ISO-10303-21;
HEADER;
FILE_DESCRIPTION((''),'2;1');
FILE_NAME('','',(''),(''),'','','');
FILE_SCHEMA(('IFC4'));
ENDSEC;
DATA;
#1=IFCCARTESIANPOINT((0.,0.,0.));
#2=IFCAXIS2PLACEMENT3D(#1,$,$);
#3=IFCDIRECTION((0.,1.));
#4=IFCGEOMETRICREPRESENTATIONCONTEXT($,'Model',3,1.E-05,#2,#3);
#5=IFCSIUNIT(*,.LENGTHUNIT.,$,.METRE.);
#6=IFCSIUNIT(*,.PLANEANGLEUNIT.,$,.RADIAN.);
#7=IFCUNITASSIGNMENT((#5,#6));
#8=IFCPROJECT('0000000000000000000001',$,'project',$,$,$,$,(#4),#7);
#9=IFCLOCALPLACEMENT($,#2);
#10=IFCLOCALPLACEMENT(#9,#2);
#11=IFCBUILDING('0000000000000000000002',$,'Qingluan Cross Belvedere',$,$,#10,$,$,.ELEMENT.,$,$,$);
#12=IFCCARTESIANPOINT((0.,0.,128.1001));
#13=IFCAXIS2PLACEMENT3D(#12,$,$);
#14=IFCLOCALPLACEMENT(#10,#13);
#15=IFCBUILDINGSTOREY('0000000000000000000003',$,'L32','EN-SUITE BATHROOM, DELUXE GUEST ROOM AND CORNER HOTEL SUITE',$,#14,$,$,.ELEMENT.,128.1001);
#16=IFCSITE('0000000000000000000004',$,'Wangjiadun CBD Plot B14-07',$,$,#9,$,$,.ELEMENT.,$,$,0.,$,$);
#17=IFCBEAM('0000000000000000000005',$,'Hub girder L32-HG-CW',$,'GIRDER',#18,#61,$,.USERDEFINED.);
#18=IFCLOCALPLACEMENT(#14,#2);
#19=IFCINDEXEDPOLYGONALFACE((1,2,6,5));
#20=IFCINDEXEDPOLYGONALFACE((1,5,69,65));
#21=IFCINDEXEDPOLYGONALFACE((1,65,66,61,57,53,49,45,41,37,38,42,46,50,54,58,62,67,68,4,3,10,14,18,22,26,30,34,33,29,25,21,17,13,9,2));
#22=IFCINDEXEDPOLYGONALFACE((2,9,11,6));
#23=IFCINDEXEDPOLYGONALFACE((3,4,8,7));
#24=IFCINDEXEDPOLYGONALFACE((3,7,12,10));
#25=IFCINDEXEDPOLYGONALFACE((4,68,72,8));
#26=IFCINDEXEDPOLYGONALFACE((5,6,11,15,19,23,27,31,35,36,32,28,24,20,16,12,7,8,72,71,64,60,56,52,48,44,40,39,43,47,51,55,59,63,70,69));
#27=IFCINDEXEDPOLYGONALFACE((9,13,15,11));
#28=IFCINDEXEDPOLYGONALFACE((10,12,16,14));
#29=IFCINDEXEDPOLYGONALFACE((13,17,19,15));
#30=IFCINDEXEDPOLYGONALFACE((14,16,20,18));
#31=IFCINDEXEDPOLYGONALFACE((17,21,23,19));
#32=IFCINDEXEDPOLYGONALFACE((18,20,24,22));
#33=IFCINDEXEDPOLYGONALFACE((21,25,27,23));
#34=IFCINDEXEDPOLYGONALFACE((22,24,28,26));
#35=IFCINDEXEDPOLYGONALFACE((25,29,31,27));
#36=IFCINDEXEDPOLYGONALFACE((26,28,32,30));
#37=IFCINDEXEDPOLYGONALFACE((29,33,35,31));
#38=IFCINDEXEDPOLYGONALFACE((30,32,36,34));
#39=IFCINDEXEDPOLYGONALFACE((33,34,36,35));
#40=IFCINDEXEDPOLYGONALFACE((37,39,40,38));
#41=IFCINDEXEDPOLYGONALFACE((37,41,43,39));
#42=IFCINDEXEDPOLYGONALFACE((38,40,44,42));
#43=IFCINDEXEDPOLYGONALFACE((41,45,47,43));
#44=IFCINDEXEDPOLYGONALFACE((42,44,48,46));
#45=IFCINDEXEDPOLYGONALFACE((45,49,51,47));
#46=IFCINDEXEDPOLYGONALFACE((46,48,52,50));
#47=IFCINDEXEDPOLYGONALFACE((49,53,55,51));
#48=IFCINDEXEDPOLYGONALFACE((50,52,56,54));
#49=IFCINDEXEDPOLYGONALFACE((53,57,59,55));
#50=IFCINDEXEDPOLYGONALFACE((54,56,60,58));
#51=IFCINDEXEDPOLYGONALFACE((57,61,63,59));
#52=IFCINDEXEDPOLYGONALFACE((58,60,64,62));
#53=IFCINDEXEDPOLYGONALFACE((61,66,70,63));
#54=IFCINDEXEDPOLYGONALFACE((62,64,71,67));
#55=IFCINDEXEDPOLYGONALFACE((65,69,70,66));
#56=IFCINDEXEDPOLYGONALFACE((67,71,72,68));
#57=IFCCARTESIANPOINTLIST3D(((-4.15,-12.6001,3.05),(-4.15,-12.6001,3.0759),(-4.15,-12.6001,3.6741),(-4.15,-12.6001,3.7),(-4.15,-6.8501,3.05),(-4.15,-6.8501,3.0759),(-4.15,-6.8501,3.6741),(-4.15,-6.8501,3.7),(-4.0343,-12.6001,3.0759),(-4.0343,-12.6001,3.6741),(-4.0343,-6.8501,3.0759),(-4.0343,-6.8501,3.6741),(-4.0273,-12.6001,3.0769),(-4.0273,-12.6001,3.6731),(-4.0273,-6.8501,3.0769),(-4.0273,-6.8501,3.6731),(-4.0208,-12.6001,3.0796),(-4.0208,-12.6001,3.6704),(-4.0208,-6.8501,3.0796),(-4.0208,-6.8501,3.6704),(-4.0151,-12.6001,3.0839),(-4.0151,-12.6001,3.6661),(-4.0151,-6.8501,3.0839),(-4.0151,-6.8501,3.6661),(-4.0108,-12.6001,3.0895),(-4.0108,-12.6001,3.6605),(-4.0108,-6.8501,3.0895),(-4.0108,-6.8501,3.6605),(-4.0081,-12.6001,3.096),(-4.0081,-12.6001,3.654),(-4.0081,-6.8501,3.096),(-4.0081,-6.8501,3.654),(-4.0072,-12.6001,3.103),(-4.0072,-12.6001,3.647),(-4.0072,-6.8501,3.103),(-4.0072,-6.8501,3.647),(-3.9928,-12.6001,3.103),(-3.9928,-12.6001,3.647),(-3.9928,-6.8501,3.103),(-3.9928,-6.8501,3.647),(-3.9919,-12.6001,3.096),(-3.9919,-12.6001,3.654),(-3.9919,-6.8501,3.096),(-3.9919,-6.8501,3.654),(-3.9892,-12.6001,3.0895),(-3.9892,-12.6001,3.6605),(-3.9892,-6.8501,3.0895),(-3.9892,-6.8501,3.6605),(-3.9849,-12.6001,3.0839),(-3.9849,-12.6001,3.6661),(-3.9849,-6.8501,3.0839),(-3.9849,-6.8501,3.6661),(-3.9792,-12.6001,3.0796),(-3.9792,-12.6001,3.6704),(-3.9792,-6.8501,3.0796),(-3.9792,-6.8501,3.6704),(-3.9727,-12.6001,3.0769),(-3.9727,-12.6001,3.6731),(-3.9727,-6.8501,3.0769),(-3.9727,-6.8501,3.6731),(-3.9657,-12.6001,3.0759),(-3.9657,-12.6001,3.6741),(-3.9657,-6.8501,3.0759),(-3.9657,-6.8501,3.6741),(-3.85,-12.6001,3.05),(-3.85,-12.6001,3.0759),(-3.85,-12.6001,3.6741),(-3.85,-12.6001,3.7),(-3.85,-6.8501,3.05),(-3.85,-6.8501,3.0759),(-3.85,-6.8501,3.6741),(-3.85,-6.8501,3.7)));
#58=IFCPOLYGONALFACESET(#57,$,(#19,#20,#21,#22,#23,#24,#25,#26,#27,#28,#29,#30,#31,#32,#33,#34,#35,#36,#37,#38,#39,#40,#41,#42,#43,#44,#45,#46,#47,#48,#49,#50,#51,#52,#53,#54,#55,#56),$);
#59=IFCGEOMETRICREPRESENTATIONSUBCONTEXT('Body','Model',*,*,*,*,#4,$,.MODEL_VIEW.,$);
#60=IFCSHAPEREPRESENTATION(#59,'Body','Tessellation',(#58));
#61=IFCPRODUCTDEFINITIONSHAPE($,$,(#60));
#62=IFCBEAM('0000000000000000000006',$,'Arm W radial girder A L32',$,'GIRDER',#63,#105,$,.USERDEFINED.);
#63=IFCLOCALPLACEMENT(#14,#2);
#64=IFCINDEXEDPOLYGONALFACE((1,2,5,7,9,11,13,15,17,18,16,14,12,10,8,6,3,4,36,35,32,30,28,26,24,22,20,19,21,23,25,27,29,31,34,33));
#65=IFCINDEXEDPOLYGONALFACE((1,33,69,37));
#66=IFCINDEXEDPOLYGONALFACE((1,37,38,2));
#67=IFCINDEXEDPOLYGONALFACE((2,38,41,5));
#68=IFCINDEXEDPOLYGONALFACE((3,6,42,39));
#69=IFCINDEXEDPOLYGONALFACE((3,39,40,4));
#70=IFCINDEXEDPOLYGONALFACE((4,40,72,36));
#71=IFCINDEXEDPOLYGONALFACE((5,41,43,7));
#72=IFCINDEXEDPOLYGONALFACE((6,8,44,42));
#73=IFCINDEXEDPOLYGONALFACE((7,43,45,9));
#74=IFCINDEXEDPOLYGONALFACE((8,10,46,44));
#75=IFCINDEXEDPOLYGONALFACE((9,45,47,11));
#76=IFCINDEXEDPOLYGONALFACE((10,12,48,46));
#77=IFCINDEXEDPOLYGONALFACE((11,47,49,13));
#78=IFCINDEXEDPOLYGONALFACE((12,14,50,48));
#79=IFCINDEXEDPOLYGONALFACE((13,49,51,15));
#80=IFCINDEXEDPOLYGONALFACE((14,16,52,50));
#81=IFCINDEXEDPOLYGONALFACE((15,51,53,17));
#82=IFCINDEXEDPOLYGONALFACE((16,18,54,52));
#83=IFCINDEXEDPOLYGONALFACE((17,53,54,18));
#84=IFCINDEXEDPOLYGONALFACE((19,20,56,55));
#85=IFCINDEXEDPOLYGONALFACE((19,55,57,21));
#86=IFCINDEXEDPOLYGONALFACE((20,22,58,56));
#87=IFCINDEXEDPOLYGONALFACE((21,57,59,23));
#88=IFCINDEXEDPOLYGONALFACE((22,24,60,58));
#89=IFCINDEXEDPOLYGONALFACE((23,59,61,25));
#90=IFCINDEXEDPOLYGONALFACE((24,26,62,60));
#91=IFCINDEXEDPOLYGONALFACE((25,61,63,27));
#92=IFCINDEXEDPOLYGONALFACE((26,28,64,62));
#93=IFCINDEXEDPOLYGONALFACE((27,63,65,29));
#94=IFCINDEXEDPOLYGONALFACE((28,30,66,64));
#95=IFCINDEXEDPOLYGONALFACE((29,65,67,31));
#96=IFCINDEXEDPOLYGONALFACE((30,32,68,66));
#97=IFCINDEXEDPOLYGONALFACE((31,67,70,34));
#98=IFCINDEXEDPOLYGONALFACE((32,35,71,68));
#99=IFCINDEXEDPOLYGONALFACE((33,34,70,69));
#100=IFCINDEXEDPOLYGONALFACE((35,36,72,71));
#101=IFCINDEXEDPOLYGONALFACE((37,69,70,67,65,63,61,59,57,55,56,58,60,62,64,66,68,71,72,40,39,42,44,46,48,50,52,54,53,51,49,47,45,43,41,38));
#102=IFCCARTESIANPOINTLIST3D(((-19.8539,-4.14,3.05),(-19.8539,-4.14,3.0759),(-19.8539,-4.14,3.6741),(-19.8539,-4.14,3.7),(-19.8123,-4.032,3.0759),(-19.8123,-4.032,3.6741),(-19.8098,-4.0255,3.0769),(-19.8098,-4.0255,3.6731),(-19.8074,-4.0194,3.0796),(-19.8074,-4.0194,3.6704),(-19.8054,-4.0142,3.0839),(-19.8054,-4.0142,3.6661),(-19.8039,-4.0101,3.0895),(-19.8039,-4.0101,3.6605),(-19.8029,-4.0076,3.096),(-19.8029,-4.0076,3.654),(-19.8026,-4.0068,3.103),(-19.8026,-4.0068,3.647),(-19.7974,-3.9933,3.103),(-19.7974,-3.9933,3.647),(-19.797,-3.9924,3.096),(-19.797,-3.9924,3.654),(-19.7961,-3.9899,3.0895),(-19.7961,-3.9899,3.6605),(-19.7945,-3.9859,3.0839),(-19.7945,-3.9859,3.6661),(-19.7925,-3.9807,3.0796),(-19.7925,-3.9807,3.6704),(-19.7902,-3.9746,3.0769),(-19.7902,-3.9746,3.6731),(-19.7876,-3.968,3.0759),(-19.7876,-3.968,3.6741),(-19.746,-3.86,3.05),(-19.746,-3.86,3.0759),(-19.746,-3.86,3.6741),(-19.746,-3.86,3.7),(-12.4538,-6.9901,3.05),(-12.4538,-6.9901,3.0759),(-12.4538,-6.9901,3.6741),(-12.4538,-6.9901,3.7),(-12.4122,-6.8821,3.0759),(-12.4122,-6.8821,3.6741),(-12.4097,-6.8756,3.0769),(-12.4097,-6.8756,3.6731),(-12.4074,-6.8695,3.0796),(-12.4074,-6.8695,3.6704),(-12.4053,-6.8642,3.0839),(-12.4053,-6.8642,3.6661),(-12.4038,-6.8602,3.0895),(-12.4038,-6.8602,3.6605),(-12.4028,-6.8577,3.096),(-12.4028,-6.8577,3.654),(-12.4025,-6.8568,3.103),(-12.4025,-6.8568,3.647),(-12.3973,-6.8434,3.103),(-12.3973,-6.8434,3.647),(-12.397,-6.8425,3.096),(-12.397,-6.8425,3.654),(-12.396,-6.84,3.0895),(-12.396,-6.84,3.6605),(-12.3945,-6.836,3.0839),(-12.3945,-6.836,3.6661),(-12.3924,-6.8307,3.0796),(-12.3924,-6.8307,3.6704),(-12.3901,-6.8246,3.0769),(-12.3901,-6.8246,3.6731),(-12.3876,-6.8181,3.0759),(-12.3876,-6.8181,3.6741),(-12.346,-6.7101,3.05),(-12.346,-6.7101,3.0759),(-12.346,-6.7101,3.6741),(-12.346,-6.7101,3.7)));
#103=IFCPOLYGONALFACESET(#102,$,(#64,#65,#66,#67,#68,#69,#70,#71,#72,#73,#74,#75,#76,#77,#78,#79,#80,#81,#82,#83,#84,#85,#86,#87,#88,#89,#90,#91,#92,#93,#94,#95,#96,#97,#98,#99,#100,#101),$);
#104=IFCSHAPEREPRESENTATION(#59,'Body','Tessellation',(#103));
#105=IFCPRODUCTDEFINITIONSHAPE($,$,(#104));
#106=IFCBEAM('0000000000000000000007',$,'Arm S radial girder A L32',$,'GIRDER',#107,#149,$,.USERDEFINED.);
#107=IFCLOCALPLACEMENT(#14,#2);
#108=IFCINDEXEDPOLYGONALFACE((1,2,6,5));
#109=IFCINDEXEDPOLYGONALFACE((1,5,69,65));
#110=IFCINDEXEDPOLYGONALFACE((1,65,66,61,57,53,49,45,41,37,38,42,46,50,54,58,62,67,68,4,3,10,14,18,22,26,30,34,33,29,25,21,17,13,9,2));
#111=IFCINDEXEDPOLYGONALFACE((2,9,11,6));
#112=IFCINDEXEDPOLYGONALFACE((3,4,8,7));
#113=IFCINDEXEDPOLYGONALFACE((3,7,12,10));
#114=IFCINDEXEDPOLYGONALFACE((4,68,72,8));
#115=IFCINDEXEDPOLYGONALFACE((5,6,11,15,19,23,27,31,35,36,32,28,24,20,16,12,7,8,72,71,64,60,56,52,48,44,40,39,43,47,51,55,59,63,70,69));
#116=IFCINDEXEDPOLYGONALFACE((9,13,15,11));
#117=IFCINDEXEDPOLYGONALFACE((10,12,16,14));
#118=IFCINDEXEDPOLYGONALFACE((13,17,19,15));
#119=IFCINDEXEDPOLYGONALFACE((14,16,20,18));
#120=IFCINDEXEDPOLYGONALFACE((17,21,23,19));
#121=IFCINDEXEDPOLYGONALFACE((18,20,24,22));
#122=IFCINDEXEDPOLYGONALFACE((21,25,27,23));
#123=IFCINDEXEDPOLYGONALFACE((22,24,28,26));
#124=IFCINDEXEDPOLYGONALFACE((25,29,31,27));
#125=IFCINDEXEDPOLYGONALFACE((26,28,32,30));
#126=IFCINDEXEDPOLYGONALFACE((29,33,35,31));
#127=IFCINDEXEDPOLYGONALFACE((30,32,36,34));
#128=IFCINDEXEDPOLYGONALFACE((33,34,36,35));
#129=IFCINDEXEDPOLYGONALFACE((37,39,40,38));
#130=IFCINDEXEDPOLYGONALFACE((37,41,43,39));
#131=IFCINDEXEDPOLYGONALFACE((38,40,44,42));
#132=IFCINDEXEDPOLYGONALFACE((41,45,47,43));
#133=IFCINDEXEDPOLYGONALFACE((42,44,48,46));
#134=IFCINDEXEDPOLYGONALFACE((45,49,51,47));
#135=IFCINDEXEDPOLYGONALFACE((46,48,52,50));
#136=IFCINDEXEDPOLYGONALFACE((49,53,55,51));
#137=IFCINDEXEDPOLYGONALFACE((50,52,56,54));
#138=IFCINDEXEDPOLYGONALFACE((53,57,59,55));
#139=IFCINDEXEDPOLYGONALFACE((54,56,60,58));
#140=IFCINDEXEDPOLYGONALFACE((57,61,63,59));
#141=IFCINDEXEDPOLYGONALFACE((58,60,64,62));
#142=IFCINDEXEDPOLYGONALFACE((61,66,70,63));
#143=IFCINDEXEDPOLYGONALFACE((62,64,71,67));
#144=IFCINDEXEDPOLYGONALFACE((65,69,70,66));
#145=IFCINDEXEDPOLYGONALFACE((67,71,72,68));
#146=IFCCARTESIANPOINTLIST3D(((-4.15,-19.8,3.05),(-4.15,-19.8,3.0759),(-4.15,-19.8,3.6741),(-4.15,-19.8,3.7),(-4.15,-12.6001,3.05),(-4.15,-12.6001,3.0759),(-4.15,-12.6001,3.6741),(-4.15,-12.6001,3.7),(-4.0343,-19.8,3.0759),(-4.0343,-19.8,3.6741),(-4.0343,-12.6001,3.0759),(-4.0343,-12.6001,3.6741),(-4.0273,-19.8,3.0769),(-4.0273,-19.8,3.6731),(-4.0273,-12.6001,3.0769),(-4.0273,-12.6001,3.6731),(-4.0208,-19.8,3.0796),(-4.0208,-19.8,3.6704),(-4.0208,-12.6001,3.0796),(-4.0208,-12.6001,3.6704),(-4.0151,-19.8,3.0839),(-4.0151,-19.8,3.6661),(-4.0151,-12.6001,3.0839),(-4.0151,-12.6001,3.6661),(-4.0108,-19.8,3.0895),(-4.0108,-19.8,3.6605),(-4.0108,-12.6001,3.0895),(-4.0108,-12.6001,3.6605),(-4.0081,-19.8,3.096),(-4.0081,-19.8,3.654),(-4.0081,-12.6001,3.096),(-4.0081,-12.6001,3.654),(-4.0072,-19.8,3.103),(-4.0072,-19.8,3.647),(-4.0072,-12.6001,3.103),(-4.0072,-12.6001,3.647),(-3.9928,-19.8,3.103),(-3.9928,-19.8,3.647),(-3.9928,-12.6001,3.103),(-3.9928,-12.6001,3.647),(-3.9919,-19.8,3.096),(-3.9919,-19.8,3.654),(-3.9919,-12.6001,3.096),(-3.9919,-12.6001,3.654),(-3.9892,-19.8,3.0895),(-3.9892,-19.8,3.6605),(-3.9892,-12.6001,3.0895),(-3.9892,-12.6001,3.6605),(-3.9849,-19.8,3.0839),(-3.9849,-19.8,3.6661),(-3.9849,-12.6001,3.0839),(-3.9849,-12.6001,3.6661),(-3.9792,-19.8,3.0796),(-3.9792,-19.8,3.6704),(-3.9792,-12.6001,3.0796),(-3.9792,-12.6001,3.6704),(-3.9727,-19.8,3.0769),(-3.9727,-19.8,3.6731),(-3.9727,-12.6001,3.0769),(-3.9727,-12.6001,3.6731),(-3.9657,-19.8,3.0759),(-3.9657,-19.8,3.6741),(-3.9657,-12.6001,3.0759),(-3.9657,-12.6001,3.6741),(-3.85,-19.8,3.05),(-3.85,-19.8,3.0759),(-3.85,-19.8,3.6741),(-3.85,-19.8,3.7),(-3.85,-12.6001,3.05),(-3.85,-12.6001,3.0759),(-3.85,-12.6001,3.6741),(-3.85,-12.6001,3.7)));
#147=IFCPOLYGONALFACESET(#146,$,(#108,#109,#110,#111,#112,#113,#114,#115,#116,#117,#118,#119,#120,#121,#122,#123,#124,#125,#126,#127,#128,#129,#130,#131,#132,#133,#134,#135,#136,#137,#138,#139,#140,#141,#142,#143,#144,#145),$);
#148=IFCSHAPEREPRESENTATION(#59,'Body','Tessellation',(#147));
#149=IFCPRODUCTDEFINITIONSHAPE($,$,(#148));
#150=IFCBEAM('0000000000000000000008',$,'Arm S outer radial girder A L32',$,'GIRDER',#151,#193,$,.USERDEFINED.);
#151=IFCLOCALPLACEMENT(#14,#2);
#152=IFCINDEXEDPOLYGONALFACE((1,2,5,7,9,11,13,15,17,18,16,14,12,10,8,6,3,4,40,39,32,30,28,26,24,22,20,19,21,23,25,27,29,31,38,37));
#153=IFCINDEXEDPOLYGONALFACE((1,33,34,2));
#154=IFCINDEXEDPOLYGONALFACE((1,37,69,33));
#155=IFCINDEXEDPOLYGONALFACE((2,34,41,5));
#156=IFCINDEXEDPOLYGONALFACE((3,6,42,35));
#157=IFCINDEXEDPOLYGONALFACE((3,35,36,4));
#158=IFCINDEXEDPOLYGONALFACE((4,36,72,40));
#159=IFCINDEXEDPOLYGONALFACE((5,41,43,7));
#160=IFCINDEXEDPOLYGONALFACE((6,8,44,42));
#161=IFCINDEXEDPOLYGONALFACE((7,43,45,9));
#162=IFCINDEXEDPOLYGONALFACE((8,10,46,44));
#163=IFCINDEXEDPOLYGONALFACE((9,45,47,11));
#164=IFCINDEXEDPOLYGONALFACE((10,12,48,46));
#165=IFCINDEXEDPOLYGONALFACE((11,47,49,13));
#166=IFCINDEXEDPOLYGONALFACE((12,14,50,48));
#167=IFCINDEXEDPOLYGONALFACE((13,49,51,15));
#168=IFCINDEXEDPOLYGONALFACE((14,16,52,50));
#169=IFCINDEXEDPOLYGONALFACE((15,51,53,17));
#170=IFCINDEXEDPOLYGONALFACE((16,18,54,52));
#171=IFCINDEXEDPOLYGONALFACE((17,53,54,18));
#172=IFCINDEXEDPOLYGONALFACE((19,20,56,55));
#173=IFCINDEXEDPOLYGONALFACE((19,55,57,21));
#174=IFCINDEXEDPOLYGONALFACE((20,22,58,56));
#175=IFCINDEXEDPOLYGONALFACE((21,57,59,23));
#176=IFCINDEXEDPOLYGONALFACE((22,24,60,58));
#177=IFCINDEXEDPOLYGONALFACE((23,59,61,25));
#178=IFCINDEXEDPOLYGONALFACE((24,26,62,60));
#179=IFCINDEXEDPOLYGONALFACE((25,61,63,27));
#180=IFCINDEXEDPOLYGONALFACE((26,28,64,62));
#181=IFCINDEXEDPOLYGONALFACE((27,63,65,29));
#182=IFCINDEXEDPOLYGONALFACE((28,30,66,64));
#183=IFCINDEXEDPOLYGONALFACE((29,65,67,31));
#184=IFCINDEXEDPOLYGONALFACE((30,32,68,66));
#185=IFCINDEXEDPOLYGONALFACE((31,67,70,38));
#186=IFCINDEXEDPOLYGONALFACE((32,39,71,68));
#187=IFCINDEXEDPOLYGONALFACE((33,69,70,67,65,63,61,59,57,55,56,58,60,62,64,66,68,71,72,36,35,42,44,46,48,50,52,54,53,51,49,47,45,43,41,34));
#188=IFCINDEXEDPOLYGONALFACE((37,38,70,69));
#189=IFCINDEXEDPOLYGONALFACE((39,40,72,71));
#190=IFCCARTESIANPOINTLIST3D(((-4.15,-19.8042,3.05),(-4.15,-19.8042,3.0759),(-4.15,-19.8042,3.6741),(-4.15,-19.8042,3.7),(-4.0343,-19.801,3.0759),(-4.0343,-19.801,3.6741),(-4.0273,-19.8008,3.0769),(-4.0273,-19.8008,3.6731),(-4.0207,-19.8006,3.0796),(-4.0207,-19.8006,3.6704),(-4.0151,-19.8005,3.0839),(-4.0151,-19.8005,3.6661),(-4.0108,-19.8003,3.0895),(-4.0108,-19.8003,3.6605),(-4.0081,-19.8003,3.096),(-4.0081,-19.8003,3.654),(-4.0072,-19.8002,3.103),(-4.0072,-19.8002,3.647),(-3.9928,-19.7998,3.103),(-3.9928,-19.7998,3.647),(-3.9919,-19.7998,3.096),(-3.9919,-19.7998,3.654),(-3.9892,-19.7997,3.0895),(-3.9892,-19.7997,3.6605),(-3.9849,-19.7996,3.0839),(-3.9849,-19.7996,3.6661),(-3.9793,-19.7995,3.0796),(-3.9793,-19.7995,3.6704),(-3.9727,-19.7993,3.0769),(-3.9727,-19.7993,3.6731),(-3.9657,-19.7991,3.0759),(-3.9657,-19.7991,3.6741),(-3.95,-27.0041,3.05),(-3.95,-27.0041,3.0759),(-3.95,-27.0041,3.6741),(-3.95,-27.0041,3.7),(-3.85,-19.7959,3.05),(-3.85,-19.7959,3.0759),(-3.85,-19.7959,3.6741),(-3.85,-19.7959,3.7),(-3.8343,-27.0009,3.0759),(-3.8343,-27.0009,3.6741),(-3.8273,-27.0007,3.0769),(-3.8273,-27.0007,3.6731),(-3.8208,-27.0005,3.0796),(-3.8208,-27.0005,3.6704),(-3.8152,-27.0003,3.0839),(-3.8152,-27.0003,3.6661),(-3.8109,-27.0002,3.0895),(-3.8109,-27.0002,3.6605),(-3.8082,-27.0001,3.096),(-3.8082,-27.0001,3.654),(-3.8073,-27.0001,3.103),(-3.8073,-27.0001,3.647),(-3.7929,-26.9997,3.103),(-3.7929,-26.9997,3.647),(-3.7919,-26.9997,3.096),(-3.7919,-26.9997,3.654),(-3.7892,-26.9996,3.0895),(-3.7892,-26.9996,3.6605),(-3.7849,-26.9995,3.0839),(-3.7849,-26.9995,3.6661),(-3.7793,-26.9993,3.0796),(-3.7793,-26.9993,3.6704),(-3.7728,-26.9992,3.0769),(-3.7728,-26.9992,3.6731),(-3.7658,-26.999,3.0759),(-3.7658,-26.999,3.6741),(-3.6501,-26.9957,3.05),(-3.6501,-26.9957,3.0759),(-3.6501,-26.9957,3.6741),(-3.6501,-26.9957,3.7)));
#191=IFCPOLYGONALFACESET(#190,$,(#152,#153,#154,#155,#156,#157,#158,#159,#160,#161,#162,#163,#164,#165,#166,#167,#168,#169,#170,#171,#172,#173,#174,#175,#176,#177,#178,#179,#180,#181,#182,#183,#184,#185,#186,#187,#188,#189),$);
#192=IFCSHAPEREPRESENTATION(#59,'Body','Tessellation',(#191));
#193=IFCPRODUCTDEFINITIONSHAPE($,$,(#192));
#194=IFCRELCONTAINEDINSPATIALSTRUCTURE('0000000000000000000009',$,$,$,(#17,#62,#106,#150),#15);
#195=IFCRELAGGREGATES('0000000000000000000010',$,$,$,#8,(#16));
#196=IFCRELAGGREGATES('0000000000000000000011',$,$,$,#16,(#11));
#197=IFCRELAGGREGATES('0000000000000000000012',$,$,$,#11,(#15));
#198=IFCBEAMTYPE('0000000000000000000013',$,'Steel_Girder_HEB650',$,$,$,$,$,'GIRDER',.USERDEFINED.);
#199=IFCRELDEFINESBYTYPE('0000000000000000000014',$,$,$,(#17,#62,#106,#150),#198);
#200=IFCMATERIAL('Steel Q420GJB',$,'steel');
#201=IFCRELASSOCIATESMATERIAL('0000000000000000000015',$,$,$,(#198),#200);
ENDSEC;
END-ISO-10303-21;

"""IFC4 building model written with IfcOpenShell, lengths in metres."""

from ifc_helpers import new_model, si_unit, direction, frame, origin, origin_2d, place, context, subcontext, project, spatial, i_section, extrude, material, material_profile, profile_set, type_object, element, save


model = new_model("IFC4")

# Units and contexts
model_context = context("Model", 3, precision=1e-05, world=origin(), true_north=direction((0.0, 1.0)))
body_context = subcontext(model_context, "Body", "Model", "MODEL_VIEW")
ifc_project = project(units=[si_unit("LENGTHUNIT", "METRE"), si_unit("PLANEANGLEUNIT", "RADIAN")], contexts=[model_context])

# Site, building, storey
site_placement = place(None, origin())
site = spatial("IfcSite", under=ifc_project, at=site_placement, Name="Wangjiadun CBD Plot B14-07", CompositionType="ELEMENT", RefElevation=0.0)
building_placement = place(site_placement, origin())
building = spatial("IfcBuilding", under=site, at=building_placement, Name="Qingluan Cross Belvedere", CompositionType="ELEMENT")
storey_placement = place(building_placement, frame((0.0, 0.0, 128.1001)))
storey = spatial("IfcBuildingStorey", under=building, at=storey_placement, Name="L32", Description="EN-SUITE BATHROOM, DELUXE GUEST ROOM AND CORNER HOTEL SUITE", CompositionType="ELEMENT", Elevation=128.1001)

# Beams
ifc_material_1 = material(Name="Steel Q420GJB", Category="steel")
ifc_material_profile_1 = material_profile(ifc_material_1, i_section(OverallWidth=0.3, OverallDepth=0.6499, WebThickness=0.0144, FlangeThickness=0.0259, FilletRadius=0.0271, at=origin_2d()), Name="HEB650")
ifc_profile_set_1 = profile_set([ifc_material_profile_1], Name="Steel Q420GJB")
beam_type_1 = type_object("IfcBeamType", Name="Steel_Girder_HEB650", ElementType="GIRDER", PredefinedType="USERDEFINED", material=ifc_profile_set_1)
beam_1_placement = place(storey_placement, frame((-4.0, -12.6001, 3.375), z_axis=(0.0, 1.0, 0.0), x_axis=(-1.0, 0.0, 0.0)))
element("IfcBeam", 1, at=beam_1_placement, inside=storey, type_object=beam_type_1, Name="Hub girder L32-HG-CW", ObjectType="GIRDER", PredefinedType="USERDEFINED", context=body_context, shape_type="SweptSolid", body=[
    extrude(i_section(OverallWidth=0.3, OverallDepth=0.6499, WebThickness=0.0144, FlangeThickness=0.0259, FilletRadius=0.0271, at=origin_2d()), origin(), (0.0, 0.0, 1.0), 5.75),
])
beam_2_placement = place(storey_placement, frame((-12.3999, -6.8501, 3.375), z_axis=(-0.933181, 0.359406, 0.0), x_axis=(-0.359406, -0.933181, 0.0)))
element("IfcBeam", 2, at=beam_2_placement, inside=storey, type_object=beam_type_1, Name="Arm W radial girder A L32", ObjectType="GIRDER", PredefinedType="USERDEFINED", context=body_context, shape_type="SweptSolid", body=[
    extrude(i_section(OverallWidth=0.3, OverallDepth=0.6499, WebThickness=0.0144, FlangeThickness=0.0259, FilletRadius=0.0271, at=origin_2d()), origin(), (0.0, 0.0, 1.0), 7.9299),
])
beam_3_placement = place(storey_placement, frame((-4.0, -12.6001, 3.375), z_axis=(0.0, -1.0, 0.0), x_axis=(1.0, 0.0, 0.0)))
element("IfcBeam", 3, at=beam_3_placement, inside=storey, type_object=beam_type_1, Name="Arm S radial girder A L32", ObjectType="GIRDER", PredefinedType="USERDEFINED", context=body_context, shape_type="SweptSolid", body=[
    extrude(i_section(OverallWidth=0.3, OverallDepth=0.6499, WebThickness=0.0144, FlangeThickness=0.0259, FilletRadius=0.0271, at=origin_2d()), origin(), (0.0, 0.0, 1.0), 7.2),
])
beam_4_placement = place(storey_placement, frame((-4.0, -19.8, 3.375), z_axis=(0.02776, -0.999615, 0.0), x_axis=(0.999615, 0.02776, 0.0)))
element("IfcBeam", 4, at=beam_4_placement, inside=storey, type_object=beam_type_1, Name="Arm S outer radial girder A L32", ObjectType="GIRDER", PredefinedType="USERDEFINED", context=body_context, shape_type="SweptSolid", body=[
    extrude(i_section(OverallWidth=0.3, OverallDepth=0.6499, WebThickness=0.0144, FlangeThickness=0.0259, FilletRadius=0.0271, at=origin_2d()), origin(), (0.0, 0.0, 1.0), 7.2026),
])

save(model, "model.ifc")
